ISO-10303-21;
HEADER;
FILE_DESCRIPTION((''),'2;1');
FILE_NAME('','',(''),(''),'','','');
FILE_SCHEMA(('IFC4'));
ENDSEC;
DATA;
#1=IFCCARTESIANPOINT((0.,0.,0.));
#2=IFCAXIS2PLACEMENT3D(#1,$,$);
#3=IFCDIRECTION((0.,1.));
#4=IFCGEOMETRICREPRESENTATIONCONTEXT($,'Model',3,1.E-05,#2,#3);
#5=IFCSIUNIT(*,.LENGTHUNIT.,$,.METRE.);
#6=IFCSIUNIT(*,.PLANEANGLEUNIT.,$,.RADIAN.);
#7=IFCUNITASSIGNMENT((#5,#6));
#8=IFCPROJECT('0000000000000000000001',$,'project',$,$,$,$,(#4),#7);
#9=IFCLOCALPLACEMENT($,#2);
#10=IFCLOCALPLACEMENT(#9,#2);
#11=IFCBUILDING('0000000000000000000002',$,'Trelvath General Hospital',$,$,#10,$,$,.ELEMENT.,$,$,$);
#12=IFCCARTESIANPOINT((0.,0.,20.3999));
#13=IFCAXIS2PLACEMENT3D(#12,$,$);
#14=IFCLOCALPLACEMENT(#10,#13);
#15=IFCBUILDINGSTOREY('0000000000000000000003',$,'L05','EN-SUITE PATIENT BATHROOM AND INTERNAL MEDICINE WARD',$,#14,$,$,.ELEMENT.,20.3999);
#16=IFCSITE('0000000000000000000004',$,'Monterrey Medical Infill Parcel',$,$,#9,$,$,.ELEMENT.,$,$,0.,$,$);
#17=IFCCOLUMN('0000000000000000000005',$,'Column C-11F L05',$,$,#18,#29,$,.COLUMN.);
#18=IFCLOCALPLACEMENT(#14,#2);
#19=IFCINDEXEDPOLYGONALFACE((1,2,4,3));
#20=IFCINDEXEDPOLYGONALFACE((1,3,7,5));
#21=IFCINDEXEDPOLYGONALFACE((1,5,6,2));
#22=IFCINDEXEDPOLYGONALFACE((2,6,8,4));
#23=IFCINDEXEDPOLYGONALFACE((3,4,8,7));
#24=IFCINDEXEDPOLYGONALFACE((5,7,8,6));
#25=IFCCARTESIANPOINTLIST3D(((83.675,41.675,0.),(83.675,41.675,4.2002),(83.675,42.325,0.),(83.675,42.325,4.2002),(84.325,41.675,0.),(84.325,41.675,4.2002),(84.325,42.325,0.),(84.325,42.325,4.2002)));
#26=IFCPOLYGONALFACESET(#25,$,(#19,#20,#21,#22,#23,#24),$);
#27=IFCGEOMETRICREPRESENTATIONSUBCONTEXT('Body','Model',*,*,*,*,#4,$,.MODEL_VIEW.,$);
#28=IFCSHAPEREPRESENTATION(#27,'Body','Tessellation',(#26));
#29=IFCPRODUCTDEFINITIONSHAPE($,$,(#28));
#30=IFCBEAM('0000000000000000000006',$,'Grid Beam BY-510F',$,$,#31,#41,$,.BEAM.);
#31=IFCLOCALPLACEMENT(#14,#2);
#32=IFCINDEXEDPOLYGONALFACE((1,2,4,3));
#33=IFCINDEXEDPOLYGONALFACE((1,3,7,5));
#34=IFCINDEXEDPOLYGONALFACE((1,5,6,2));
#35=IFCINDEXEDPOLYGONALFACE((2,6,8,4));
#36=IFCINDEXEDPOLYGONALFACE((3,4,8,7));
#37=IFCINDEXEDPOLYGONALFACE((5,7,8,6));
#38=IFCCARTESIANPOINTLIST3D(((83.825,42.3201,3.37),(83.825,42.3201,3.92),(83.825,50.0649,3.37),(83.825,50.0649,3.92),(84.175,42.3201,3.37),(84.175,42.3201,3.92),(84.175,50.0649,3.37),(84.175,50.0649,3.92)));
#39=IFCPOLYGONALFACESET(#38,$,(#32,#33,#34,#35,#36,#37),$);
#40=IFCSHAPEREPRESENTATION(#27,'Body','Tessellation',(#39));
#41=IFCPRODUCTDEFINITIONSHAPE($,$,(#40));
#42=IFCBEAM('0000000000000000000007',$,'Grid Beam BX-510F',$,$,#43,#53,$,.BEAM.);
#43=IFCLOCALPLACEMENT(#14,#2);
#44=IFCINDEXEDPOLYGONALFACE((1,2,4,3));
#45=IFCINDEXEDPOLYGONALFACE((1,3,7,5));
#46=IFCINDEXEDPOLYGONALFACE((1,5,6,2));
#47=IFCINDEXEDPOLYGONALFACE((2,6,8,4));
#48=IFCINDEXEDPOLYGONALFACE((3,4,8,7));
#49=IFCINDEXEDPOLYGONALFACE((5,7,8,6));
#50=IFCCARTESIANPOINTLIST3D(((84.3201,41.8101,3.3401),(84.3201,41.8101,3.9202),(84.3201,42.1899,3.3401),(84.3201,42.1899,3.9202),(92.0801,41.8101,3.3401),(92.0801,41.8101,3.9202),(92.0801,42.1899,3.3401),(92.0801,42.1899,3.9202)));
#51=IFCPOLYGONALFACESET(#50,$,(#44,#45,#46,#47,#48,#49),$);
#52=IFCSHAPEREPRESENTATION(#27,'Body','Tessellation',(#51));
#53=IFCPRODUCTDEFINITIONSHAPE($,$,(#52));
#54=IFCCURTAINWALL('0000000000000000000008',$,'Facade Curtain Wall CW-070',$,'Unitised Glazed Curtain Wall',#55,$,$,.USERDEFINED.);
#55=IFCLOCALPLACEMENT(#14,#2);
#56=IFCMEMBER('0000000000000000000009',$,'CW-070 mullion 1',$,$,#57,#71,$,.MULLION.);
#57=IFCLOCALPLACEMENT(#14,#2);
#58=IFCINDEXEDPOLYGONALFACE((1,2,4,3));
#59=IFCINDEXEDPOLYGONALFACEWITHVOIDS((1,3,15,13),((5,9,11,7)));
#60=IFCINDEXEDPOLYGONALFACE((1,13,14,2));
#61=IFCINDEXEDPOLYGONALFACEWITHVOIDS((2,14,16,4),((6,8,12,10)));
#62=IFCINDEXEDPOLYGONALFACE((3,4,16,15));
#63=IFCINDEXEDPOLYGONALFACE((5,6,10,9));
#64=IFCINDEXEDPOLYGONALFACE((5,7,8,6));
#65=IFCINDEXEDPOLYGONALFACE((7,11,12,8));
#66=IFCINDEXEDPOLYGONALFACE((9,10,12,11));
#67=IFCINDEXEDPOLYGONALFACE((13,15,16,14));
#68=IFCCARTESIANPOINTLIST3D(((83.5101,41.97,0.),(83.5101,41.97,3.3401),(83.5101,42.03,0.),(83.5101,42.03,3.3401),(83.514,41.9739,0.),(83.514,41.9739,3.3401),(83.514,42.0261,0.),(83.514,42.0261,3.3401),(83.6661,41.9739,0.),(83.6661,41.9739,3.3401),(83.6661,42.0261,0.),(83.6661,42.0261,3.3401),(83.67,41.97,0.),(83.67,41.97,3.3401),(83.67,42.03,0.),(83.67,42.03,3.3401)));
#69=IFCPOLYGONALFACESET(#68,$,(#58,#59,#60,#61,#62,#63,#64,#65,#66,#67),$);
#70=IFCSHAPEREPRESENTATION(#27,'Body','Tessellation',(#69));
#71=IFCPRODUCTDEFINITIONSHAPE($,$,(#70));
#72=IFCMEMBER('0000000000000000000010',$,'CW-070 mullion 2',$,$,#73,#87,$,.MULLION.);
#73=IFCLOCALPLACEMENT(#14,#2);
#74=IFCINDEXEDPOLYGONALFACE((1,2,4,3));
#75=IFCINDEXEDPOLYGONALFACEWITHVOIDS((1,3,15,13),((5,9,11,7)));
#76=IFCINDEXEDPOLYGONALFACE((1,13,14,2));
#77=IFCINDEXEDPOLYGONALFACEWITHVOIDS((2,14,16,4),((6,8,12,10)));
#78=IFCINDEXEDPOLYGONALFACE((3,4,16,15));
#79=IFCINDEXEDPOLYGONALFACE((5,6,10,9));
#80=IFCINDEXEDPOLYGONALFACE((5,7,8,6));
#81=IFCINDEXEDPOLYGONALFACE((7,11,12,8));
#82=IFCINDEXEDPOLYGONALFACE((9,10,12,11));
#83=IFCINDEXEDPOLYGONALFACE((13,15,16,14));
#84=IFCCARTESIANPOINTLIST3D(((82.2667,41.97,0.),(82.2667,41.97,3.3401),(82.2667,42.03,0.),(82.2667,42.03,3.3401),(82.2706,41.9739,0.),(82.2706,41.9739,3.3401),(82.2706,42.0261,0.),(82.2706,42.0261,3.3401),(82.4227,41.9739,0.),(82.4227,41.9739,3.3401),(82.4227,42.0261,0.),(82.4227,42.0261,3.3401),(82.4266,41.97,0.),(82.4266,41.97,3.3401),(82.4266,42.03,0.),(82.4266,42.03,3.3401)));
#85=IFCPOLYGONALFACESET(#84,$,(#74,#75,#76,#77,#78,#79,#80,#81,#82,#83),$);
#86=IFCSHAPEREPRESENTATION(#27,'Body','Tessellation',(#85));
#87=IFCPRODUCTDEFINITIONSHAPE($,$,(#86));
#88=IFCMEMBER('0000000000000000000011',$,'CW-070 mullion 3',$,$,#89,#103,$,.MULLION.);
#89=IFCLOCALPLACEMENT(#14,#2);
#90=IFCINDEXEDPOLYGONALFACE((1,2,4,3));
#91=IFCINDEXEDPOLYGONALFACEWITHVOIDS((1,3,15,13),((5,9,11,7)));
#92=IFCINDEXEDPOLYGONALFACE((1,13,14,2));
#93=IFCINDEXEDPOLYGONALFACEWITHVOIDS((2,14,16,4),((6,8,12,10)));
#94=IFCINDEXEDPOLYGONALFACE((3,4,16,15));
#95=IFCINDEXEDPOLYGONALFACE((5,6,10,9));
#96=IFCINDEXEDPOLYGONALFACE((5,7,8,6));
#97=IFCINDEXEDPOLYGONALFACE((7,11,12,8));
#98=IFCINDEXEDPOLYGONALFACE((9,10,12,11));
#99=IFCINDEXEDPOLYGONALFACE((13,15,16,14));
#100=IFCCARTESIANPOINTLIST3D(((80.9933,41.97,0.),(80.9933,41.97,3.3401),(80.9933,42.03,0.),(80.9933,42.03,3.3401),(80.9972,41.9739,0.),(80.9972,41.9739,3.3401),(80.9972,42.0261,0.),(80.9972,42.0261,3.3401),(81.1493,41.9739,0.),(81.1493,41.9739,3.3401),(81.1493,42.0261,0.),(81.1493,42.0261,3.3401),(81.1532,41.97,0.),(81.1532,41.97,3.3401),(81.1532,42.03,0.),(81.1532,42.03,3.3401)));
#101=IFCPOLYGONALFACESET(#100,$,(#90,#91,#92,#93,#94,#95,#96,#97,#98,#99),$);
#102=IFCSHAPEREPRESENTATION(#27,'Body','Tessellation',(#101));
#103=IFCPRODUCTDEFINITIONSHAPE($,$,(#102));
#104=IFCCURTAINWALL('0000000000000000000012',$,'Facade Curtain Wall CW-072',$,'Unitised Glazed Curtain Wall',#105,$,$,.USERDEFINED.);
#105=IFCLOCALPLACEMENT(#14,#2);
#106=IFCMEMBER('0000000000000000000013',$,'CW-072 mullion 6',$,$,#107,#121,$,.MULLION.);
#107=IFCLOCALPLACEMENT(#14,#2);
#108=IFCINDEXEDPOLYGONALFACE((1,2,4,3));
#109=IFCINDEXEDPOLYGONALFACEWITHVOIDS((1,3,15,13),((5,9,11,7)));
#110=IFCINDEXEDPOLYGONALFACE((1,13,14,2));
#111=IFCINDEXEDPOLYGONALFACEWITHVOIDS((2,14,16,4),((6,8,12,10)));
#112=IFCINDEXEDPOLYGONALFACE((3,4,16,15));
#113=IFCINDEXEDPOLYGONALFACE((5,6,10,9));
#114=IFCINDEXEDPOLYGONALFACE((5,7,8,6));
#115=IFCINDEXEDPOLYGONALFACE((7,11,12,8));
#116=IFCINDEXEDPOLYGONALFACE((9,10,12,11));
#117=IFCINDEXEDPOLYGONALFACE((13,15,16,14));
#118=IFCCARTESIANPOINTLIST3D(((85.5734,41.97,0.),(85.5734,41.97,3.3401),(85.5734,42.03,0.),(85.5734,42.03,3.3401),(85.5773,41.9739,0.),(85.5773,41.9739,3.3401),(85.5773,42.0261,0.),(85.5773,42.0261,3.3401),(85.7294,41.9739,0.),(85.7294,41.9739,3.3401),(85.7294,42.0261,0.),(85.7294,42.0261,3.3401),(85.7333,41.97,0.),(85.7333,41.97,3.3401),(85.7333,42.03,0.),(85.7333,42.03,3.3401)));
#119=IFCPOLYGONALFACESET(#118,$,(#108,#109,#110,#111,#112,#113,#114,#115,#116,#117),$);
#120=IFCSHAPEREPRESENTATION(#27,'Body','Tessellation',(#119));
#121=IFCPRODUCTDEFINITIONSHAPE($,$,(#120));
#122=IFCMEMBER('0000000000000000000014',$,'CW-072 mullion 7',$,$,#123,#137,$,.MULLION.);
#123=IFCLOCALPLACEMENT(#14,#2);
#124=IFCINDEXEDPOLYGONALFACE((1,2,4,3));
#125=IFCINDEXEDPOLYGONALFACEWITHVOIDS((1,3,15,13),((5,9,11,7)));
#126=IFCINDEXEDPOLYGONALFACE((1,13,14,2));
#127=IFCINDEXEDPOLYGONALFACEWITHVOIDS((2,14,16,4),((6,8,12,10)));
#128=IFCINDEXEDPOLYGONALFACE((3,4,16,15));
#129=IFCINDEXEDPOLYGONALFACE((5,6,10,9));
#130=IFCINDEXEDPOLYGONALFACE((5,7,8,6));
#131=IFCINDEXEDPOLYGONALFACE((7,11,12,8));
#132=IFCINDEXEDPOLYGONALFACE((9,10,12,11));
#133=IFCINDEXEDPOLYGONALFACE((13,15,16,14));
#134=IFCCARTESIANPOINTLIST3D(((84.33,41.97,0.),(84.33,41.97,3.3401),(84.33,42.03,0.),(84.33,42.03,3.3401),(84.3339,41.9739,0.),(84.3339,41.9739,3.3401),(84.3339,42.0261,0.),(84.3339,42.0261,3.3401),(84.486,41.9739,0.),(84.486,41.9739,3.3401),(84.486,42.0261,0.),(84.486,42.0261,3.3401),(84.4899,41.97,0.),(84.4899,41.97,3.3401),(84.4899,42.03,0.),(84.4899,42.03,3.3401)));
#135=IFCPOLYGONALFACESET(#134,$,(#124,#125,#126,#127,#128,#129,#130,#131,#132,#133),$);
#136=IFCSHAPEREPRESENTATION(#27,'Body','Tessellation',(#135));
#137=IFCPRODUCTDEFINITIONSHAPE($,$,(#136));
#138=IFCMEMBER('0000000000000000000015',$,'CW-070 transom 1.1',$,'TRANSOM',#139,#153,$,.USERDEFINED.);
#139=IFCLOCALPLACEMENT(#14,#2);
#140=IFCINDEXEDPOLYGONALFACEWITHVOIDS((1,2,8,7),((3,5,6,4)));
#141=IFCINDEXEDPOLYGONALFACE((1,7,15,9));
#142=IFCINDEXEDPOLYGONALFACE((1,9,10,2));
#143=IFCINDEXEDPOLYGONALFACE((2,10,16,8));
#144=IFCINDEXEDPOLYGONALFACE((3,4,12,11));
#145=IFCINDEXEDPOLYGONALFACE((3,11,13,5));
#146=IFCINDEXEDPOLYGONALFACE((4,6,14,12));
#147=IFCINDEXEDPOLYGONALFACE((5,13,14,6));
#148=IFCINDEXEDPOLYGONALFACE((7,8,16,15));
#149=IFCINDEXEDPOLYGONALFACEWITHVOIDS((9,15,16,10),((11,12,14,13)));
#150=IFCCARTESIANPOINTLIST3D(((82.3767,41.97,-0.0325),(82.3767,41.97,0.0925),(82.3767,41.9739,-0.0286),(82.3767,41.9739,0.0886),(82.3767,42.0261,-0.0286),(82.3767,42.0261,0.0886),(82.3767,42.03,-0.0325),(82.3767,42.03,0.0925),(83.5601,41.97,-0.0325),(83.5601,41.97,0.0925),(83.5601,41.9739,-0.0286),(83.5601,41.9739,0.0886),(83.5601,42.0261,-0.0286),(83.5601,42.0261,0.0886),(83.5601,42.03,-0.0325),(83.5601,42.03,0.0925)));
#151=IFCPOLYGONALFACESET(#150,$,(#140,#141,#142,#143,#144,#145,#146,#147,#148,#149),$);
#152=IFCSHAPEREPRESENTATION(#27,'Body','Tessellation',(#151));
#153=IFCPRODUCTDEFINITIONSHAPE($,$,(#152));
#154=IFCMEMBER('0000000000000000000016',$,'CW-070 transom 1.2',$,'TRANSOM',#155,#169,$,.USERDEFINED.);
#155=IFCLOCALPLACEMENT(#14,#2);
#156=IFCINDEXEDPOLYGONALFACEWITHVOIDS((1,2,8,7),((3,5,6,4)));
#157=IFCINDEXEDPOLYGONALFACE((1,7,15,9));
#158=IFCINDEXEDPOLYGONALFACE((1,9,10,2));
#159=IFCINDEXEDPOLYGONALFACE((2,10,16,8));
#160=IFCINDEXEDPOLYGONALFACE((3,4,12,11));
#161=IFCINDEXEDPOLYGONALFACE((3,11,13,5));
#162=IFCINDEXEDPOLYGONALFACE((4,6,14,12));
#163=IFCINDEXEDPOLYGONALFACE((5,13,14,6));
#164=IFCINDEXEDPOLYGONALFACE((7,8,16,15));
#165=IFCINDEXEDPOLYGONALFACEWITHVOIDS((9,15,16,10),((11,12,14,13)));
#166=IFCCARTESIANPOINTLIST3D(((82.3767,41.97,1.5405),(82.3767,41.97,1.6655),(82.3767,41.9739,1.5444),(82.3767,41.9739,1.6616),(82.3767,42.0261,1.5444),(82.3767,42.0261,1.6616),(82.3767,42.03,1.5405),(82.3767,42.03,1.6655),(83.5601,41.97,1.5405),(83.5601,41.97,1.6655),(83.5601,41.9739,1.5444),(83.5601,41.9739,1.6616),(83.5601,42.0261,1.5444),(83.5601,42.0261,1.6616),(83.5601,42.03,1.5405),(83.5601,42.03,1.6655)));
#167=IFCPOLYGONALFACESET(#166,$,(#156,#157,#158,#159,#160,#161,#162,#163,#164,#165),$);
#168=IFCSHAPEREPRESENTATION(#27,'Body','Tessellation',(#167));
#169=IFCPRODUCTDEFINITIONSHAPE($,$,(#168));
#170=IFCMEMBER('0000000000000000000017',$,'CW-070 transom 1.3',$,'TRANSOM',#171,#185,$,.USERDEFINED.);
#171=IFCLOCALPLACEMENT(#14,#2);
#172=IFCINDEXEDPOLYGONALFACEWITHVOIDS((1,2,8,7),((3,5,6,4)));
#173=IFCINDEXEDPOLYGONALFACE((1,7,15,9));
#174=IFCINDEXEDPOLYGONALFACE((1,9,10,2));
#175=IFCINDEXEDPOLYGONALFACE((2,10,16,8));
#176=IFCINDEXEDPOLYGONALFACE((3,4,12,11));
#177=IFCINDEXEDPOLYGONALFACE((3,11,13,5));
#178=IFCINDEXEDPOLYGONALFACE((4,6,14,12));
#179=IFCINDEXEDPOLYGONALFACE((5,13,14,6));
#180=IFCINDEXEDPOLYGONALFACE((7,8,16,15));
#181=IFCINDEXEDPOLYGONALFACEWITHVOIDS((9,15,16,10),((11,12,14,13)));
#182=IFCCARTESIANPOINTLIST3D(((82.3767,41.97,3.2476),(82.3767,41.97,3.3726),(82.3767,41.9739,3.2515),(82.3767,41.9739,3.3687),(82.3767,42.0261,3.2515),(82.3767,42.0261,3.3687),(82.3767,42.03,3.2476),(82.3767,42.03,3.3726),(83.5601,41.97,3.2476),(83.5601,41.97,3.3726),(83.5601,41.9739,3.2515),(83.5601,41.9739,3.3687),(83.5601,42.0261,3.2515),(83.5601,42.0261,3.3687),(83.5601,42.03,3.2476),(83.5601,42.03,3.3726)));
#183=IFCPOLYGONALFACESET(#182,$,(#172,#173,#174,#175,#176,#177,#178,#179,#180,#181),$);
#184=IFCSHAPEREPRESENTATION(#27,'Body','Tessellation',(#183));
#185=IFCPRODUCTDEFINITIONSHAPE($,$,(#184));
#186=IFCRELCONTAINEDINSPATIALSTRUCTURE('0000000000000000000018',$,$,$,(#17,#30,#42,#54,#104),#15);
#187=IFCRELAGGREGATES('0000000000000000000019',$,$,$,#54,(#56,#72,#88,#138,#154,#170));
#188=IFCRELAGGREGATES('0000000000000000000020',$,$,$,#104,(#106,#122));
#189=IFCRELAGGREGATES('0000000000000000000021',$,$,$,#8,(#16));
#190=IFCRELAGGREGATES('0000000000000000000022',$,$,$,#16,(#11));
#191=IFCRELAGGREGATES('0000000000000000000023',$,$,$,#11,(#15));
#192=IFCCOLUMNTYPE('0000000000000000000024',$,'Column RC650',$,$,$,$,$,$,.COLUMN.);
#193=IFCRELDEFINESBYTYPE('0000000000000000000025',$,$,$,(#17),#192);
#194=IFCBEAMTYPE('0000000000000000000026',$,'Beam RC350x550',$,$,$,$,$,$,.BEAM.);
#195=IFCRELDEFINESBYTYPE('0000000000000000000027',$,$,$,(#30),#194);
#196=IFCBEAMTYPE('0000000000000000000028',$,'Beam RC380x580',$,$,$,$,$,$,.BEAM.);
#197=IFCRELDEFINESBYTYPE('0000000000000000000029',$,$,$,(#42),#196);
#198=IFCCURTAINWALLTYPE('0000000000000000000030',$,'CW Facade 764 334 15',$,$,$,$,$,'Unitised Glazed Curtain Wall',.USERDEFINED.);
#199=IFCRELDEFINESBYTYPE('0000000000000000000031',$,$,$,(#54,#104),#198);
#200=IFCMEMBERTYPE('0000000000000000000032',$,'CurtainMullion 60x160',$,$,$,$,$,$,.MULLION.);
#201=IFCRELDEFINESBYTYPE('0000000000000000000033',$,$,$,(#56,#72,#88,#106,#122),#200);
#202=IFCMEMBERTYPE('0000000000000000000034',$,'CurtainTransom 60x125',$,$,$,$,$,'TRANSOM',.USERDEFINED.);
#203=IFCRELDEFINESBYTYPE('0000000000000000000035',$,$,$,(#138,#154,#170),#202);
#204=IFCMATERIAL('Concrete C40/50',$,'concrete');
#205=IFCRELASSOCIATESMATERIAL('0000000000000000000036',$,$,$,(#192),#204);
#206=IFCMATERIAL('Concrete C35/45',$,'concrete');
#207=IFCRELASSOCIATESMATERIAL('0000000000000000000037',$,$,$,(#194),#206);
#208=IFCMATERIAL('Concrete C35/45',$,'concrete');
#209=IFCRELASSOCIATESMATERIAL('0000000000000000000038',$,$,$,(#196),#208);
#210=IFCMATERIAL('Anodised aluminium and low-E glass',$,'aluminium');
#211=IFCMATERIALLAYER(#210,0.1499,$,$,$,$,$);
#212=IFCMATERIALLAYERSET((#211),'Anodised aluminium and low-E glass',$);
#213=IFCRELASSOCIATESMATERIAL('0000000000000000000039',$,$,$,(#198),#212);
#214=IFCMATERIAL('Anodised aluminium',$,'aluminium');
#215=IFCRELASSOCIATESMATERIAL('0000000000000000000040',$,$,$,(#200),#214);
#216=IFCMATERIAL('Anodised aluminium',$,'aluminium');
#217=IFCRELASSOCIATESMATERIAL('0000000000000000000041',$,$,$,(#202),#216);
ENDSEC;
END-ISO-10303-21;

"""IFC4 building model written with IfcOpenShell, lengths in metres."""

from ifc_helpers import new_model, si_unit, direction, frame, origin, origin_2d, place, context, subcontext, project, spatial, rectangle, hollow_rectangle, extrude, material, layer, layer_set, material_profile, profile_set, type_object, element, aggregate, save


model = new_model("IFC4")

# Units and contexts
model_context = context("Model", 3, precision=1e-05, world=origin(), true_north=direction((0.0, 1.0)))
body_context = subcontext(model_context, "Body", "Model", "MODEL_VIEW")
ifc_project = project(units=[si_unit("LENGTHUNIT", "METRE"), si_unit("PLANEANGLEUNIT", "RADIAN")], contexts=[model_context])

# Site, building, storey
site_placement = place(None, origin())
site = spatial("IfcSite", under=ifc_project, at=site_placement, Name="Monterrey Medical Infill Parcel", CompositionType="ELEMENT", RefElevation=0.0)
building_placement = place(site_placement, origin())
building = spatial("IfcBuilding", under=site, at=building_placement, Name="Trelvath General Hospital", CompositionType="ELEMENT")
storey_placement = place(building_placement, frame((0.0, 0.0, 20.3999)))
storey = spatial("IfcBuildingStorey", under=building, at=storey_placement, Name="L05", Description="EN-SUITE PATIENT BATHROOM AND INTERNAL MEDICINE WARD", CompositionType="ELEMENT", Elevation=20.3999)

# Column
ifc_material_1 = material(Name="Concrete C40/50", Category="concrete")
ifc_material_profile_1 = material_profile(ifc_material_1, rectangle(XDim=0.6499, YDim=0.6499, at=origin_2d()), Name="RC650x650")
ifc_profile_set_1 = profile_set([ifc_material_profile_1], Name="Concrete C40/50")
column_type = type_object("IfcColumnType", Name="Column RC650", PredefinedType="COLUMN", material=ifc_profile_set_1)
column_placement = place(storey_placement, frame((84.0, 42.0, 0.0), z_axis=(0.0, 0.0, 1.0), x_axis=(1.0, 0.0, 0.0)))
element("IfcColumn", 1, at=column_placement, inside=storey, type_object=column_type, Name="Column C-11F L05", PredefinedType="COLUMN", context=body_context, shape_type="SweptSolid", body=[
    extrude(rectangle(XDim=0.6499, YDim=0.6499, at=origin_2d()), origin(), (0.0, 0.0, 1.0), 4.2002),
])

# Beams
ifc_material_2 = material(Name="Concrete C35/45", Category="concrete")
ifc_material_profile_2 = material_profile(ifc_material_2, rectangle(XDim=0.3501, YDim=0.55, at=origin_2d()), Name="RCB350x550")
ifc_profile_set_2 = profile_set([ifc_material_profile_2], Name="Concrete C35/45")
beam_type_1 = type_object("IfcBeamType", Name="Beam RC350x550", PredefinedType="BEAM", material=ifc_profile_set_2)
beam_1_placement = place(storey_placement, frame((84.0, 42.3201, 3.645), z_axis=(0.0, 1.0, 0.0), x_axis=(-1.0, 0.0, 0.0)))
element("IfcBeam", 2, at=beam_1_placement, inside=storey, type_object=beam_type_1, Name="Grid Beam BY-510F", PredefinedType="BEAM", context=body_context, shape_type="SweptSolid", body=[
    extrude(rectangle(XDim=0.3501, YDim=0.55, at=origin_2d()), origin(), (0.0, 0.0, 1.0), 7.7449),
])
ifc_material_3 = material(Name="Concrete C35/45", Category="concrete")
ifc_material_profile_3 = material_profile(ifc_material_3, rectangle(XDim=0.3799, YDim=0.5801, at=origin_2d()), Name="RCB380x580")
ifc_profile_set_3 = profile_set([ifc_material_profile_3], Name="Concrete C35/45")
beam_type_2 = type_object("IfcBeamType", Name="Beam RC380x580", PredefinedType="BEAM", material=ifc_profile_set_3)
beam_2_placement = place(storey_placement, frame((84.3201, 42.0, 3.6301), z_axis=(1.0, 0.0, 0.0), x_axis=(0.0, 1.0, 0.0)))
element("IfcBeam", 3, at=beam_2_placement, inside=storey, type_object=beam_type_2, Name="Grid Beam BX-510F", PredefinedType="BEAM", context=body_context, shape_type="SweptSolid", body=[
    extrude(rectangle(XDim=0.3799, YDim=0.5801, at=origin_2d()), origin(), (0.0, 0.0, 1.0), 7.76),
])

# Curtain walls, members
ifc_material_4 = material(Name="Anodised aluminium and low-E glass", Category="aluminium")
ifc_layer_1 = layer(ifc_material_4, 0.1499)
ifc_layer_set_1 = layer_set([ifc_layer_1], Name="Anodised aluminium and low-E glass")
curtain_wall_type = type_object("IfcCurtainWallType", Name="CW Facade 764 334 15", ElementType="Unitised Glazed Curtain Wall", PredefinedType="USERDEFINED", material=ifc_layer_set_1)
curtain_wall_1_placement = place(storey_placement, origin())
curtain_wall_1 = element("IfcCurtainWall", 4, at=curtain_wall_1_placement, inside=storey, type_object=curtain_wall_type, Name="Facade Curtain Wall CW-070", ObjectType="Unitised Glazed Curtain Wall", PredefinedType="USERDEFINED")
ifc_material_5 = material(Name="Anodised aluminium", Category="aluminium")
ifc_material_profile_4 = material_profile(ifc_material_5, hollow_rectangle(XDim=0.0601, YDim=0.1599, WallThickness=0.0039, at=origin_2d()), Name="RHS60x160x4")
ifc_profile_set_4 = profile_set([ifc_material_profile_4], Name="Anodised aluminium")
member_type_1 = type_object("IfcMemberType", Name="CurtainMullion 60x160", PredefinedType="MULLION", material=ifc_profile_set_4)
member_1_placement = place(storey_placement, frame((83.5901, 42.0, 0.0), z_axis=(0.0, 0.0, 1.0), x_axis=(0.0, -1.0, 0.0)))
member_1 = element("IfcMember", 5, at=member_1_placement, type_object=member_type_1, Name="CW-070 mullion 1", PredefinedType="MULLION", context=body_context, shape_type="SweptSolid", body=[
    extrude(hollow_rectangle(XDim=0.0601, YDim=0.1599, WallThickness=0.0039, at=origin_2d()), origin(), (0.0, 0.0, 1.0), 3.3401),
])
member_2_placement = place(storey_placement, frame((82.3467, 42.0, 0.0), z_axis=(0.0, 0.0, 1.0), x_axis=(0.0, -1.0, 0.0)))
member_2 = element("IfcMember", 6, at=member_2_placement, type_object=member_type_1, Name="CW-070 mullion 2", PredefinedType="MULLION", context=body_context, shape_type="SweptSolid", body=[
    extrude(hollow_rectangle(XDim=0.0601, YDim=0.1599, WallThickness=0.0039, at=origin_2d()), origin(), (0.0, 0.0, 1.0), 3.3401),
])
member_3_placement = place(storey_placement, frame((81.0732, 42.0, 0.0), z_axis=(0.0, 0.0, 1.0), x_axis=(0.0, -1.0, 0.0)))
member_3 = element("IfcMember", 7, at=member_3_placement, type_object=member_type_1, Name="CW-070 mullion 3", PredefinedType="MULLION", context=body_context, shape_type="SweptSolid", body=[
    extrude(hollow_rectangle(XDim=0.0601, YDim=0.1599, WallThickness=0.0039, at=origin_2d()), origin(), (0.0, 0.0, 1.0), 3.3401),
])
curtain_wall_2_placement = place(storey_placement, origin())
curtain_wall_2 = element("IfcCurtainWall", 8, at=curtain_wall_2_placement, inside=storey, type_object=curtain_wall_type, Name="Facade Curtain Wall CW-072", ObjectType="Unitised Glazed Curtain Wall", PredefinedType="USERDEFINED")
member_4_placement = place(storey_placement, frame((85.6533, 42.0, 0.0), z_axis=(0.0, 0.0, 1.0), x_axis=(0.0, -1.0, 0.0)))
member_4 = element("IfcMember", 9, at=member_4_placement, type_object=member_type_1, Name="CW-072 mullion 6", PredefinedType="MULLION", context=body_context, shape_type="SweptSolid", body=[
    extrude(hollow_rectangle(XDim=0.0601, YDim=0.1599, WallThickness=0.0039, at=origin_2d()), origin(), (0.0, 0.0, 1.0), 3.3401),
])
member_5_placement = place(storey_placement, frame((84.4099, 42.0, 0.0), z_axis=(0.0, 0.0, 1.0), x_axis=(0.0, -1.0, 0.0)))
member_5 = element("IfcMember", 10, at=member_5_placement, type_object=member_type_1, Name="CW-072 mullion 7", PredefinedType="MULLION", context=body_context, shape_type="SweptSolid", body=[
    extrude(hollow_rectangle(XDim=0.0601, YDim=0.1599, WallThickness=0.0039, at=origin_2d()), origin(), (0.0, 0.0, 1.0), 3.3401),
])

# Members
ifc_material_6 = material(Name="Anodised aluminium", Category="aluminium")
ifc_material_profile_5 = material_profile(ifc_material_6, hollow_rectangle(XDim=0.0601, YDim=0.125, WallThickness=0.0039, at=origin_2d()), Name="RHS60x125x4")
ifc_profile_set_5 = profile_set([ifc_material_profile_5], Name="Anodised aluminium")
member_type_2 = type_object("IfcMemberType", Name="CurtainTransom 60x125", ElementType="TRANSOM", PredefinedType="USERDEFINED", material=ifc_profile_set_5)
member_6_placement = place(storey_placement, frame((83.5601, 42.0, 0.03), z_axis=(-1.0, 0.0, 0.0), x_axis=(0.0, -1.0, 0.0)))
member_6 = element("IfcMember", 11, at=member_6_placement, type_object=member_type_2, Name="CW-070 transom 1.1", ObjectType="TRANSOM", PredefinedType="USERDEFINED", context=body_context, shape_type="SweptSolid", body=[
    extrude(hollow_rectangle(XDim=0.0601, YDim=0.125, WallThickness=0.0039, at=origin_2d()), origin(), (0.0, 0.0, 1.0), 1.1833),
])
member_7_placement = place(storey_placement, frame((83.5601, 42.0, 1.603), z_axis=(-1.0, 0.0, 0.0), x_axis=(0.0, -1.0, 0.0)))
member_7 = element("IfcMember", 12, at=member_7_placement, type_object=member_type_2, Name="CW-070 transom 1.2", ObjectType="TRANSOM", PredefinedType="USERDEFINED", context=body_context, shape_type="SweptSolid", body=[
    extrude(hollow_rectangle(XDim=0.0601, YDim=0.125, WallThickness=0.0039, at=origin_2d()), origin(), (0.0, 0.0, 1.0), 1.1833),
])
member_8_placement = place(storey_placement, frame((83.5601, 42.0, 3.3101), z_axis=(-1.0, 0.0, 0.0), x_axis=(0.0, -1.0, 0.0)))
member_8 = element("IfcMember", 13, at=member_8_placement, type_object=member_type_2, Name="CW-070 transom 1.3", ObjectType="TRANSOM", PredefinedType="USERDEFINED", context=body_context, shape_type="SweptSolid", body=[
    extrude(hollow_rectangle(XDim=0.0601, YDim=0.125, WallThickness=0.0039, at=origin_2d()), origin(), (0.0, 0.0, 1.0), 1.1833),
])

aggregate(curtain_wall_1, [member_1, member_2, member_3, member_6, member_7, member_8])
aggregate(curtain_wall_2, [member_4, member_5])

save(model, "model.ifc")
